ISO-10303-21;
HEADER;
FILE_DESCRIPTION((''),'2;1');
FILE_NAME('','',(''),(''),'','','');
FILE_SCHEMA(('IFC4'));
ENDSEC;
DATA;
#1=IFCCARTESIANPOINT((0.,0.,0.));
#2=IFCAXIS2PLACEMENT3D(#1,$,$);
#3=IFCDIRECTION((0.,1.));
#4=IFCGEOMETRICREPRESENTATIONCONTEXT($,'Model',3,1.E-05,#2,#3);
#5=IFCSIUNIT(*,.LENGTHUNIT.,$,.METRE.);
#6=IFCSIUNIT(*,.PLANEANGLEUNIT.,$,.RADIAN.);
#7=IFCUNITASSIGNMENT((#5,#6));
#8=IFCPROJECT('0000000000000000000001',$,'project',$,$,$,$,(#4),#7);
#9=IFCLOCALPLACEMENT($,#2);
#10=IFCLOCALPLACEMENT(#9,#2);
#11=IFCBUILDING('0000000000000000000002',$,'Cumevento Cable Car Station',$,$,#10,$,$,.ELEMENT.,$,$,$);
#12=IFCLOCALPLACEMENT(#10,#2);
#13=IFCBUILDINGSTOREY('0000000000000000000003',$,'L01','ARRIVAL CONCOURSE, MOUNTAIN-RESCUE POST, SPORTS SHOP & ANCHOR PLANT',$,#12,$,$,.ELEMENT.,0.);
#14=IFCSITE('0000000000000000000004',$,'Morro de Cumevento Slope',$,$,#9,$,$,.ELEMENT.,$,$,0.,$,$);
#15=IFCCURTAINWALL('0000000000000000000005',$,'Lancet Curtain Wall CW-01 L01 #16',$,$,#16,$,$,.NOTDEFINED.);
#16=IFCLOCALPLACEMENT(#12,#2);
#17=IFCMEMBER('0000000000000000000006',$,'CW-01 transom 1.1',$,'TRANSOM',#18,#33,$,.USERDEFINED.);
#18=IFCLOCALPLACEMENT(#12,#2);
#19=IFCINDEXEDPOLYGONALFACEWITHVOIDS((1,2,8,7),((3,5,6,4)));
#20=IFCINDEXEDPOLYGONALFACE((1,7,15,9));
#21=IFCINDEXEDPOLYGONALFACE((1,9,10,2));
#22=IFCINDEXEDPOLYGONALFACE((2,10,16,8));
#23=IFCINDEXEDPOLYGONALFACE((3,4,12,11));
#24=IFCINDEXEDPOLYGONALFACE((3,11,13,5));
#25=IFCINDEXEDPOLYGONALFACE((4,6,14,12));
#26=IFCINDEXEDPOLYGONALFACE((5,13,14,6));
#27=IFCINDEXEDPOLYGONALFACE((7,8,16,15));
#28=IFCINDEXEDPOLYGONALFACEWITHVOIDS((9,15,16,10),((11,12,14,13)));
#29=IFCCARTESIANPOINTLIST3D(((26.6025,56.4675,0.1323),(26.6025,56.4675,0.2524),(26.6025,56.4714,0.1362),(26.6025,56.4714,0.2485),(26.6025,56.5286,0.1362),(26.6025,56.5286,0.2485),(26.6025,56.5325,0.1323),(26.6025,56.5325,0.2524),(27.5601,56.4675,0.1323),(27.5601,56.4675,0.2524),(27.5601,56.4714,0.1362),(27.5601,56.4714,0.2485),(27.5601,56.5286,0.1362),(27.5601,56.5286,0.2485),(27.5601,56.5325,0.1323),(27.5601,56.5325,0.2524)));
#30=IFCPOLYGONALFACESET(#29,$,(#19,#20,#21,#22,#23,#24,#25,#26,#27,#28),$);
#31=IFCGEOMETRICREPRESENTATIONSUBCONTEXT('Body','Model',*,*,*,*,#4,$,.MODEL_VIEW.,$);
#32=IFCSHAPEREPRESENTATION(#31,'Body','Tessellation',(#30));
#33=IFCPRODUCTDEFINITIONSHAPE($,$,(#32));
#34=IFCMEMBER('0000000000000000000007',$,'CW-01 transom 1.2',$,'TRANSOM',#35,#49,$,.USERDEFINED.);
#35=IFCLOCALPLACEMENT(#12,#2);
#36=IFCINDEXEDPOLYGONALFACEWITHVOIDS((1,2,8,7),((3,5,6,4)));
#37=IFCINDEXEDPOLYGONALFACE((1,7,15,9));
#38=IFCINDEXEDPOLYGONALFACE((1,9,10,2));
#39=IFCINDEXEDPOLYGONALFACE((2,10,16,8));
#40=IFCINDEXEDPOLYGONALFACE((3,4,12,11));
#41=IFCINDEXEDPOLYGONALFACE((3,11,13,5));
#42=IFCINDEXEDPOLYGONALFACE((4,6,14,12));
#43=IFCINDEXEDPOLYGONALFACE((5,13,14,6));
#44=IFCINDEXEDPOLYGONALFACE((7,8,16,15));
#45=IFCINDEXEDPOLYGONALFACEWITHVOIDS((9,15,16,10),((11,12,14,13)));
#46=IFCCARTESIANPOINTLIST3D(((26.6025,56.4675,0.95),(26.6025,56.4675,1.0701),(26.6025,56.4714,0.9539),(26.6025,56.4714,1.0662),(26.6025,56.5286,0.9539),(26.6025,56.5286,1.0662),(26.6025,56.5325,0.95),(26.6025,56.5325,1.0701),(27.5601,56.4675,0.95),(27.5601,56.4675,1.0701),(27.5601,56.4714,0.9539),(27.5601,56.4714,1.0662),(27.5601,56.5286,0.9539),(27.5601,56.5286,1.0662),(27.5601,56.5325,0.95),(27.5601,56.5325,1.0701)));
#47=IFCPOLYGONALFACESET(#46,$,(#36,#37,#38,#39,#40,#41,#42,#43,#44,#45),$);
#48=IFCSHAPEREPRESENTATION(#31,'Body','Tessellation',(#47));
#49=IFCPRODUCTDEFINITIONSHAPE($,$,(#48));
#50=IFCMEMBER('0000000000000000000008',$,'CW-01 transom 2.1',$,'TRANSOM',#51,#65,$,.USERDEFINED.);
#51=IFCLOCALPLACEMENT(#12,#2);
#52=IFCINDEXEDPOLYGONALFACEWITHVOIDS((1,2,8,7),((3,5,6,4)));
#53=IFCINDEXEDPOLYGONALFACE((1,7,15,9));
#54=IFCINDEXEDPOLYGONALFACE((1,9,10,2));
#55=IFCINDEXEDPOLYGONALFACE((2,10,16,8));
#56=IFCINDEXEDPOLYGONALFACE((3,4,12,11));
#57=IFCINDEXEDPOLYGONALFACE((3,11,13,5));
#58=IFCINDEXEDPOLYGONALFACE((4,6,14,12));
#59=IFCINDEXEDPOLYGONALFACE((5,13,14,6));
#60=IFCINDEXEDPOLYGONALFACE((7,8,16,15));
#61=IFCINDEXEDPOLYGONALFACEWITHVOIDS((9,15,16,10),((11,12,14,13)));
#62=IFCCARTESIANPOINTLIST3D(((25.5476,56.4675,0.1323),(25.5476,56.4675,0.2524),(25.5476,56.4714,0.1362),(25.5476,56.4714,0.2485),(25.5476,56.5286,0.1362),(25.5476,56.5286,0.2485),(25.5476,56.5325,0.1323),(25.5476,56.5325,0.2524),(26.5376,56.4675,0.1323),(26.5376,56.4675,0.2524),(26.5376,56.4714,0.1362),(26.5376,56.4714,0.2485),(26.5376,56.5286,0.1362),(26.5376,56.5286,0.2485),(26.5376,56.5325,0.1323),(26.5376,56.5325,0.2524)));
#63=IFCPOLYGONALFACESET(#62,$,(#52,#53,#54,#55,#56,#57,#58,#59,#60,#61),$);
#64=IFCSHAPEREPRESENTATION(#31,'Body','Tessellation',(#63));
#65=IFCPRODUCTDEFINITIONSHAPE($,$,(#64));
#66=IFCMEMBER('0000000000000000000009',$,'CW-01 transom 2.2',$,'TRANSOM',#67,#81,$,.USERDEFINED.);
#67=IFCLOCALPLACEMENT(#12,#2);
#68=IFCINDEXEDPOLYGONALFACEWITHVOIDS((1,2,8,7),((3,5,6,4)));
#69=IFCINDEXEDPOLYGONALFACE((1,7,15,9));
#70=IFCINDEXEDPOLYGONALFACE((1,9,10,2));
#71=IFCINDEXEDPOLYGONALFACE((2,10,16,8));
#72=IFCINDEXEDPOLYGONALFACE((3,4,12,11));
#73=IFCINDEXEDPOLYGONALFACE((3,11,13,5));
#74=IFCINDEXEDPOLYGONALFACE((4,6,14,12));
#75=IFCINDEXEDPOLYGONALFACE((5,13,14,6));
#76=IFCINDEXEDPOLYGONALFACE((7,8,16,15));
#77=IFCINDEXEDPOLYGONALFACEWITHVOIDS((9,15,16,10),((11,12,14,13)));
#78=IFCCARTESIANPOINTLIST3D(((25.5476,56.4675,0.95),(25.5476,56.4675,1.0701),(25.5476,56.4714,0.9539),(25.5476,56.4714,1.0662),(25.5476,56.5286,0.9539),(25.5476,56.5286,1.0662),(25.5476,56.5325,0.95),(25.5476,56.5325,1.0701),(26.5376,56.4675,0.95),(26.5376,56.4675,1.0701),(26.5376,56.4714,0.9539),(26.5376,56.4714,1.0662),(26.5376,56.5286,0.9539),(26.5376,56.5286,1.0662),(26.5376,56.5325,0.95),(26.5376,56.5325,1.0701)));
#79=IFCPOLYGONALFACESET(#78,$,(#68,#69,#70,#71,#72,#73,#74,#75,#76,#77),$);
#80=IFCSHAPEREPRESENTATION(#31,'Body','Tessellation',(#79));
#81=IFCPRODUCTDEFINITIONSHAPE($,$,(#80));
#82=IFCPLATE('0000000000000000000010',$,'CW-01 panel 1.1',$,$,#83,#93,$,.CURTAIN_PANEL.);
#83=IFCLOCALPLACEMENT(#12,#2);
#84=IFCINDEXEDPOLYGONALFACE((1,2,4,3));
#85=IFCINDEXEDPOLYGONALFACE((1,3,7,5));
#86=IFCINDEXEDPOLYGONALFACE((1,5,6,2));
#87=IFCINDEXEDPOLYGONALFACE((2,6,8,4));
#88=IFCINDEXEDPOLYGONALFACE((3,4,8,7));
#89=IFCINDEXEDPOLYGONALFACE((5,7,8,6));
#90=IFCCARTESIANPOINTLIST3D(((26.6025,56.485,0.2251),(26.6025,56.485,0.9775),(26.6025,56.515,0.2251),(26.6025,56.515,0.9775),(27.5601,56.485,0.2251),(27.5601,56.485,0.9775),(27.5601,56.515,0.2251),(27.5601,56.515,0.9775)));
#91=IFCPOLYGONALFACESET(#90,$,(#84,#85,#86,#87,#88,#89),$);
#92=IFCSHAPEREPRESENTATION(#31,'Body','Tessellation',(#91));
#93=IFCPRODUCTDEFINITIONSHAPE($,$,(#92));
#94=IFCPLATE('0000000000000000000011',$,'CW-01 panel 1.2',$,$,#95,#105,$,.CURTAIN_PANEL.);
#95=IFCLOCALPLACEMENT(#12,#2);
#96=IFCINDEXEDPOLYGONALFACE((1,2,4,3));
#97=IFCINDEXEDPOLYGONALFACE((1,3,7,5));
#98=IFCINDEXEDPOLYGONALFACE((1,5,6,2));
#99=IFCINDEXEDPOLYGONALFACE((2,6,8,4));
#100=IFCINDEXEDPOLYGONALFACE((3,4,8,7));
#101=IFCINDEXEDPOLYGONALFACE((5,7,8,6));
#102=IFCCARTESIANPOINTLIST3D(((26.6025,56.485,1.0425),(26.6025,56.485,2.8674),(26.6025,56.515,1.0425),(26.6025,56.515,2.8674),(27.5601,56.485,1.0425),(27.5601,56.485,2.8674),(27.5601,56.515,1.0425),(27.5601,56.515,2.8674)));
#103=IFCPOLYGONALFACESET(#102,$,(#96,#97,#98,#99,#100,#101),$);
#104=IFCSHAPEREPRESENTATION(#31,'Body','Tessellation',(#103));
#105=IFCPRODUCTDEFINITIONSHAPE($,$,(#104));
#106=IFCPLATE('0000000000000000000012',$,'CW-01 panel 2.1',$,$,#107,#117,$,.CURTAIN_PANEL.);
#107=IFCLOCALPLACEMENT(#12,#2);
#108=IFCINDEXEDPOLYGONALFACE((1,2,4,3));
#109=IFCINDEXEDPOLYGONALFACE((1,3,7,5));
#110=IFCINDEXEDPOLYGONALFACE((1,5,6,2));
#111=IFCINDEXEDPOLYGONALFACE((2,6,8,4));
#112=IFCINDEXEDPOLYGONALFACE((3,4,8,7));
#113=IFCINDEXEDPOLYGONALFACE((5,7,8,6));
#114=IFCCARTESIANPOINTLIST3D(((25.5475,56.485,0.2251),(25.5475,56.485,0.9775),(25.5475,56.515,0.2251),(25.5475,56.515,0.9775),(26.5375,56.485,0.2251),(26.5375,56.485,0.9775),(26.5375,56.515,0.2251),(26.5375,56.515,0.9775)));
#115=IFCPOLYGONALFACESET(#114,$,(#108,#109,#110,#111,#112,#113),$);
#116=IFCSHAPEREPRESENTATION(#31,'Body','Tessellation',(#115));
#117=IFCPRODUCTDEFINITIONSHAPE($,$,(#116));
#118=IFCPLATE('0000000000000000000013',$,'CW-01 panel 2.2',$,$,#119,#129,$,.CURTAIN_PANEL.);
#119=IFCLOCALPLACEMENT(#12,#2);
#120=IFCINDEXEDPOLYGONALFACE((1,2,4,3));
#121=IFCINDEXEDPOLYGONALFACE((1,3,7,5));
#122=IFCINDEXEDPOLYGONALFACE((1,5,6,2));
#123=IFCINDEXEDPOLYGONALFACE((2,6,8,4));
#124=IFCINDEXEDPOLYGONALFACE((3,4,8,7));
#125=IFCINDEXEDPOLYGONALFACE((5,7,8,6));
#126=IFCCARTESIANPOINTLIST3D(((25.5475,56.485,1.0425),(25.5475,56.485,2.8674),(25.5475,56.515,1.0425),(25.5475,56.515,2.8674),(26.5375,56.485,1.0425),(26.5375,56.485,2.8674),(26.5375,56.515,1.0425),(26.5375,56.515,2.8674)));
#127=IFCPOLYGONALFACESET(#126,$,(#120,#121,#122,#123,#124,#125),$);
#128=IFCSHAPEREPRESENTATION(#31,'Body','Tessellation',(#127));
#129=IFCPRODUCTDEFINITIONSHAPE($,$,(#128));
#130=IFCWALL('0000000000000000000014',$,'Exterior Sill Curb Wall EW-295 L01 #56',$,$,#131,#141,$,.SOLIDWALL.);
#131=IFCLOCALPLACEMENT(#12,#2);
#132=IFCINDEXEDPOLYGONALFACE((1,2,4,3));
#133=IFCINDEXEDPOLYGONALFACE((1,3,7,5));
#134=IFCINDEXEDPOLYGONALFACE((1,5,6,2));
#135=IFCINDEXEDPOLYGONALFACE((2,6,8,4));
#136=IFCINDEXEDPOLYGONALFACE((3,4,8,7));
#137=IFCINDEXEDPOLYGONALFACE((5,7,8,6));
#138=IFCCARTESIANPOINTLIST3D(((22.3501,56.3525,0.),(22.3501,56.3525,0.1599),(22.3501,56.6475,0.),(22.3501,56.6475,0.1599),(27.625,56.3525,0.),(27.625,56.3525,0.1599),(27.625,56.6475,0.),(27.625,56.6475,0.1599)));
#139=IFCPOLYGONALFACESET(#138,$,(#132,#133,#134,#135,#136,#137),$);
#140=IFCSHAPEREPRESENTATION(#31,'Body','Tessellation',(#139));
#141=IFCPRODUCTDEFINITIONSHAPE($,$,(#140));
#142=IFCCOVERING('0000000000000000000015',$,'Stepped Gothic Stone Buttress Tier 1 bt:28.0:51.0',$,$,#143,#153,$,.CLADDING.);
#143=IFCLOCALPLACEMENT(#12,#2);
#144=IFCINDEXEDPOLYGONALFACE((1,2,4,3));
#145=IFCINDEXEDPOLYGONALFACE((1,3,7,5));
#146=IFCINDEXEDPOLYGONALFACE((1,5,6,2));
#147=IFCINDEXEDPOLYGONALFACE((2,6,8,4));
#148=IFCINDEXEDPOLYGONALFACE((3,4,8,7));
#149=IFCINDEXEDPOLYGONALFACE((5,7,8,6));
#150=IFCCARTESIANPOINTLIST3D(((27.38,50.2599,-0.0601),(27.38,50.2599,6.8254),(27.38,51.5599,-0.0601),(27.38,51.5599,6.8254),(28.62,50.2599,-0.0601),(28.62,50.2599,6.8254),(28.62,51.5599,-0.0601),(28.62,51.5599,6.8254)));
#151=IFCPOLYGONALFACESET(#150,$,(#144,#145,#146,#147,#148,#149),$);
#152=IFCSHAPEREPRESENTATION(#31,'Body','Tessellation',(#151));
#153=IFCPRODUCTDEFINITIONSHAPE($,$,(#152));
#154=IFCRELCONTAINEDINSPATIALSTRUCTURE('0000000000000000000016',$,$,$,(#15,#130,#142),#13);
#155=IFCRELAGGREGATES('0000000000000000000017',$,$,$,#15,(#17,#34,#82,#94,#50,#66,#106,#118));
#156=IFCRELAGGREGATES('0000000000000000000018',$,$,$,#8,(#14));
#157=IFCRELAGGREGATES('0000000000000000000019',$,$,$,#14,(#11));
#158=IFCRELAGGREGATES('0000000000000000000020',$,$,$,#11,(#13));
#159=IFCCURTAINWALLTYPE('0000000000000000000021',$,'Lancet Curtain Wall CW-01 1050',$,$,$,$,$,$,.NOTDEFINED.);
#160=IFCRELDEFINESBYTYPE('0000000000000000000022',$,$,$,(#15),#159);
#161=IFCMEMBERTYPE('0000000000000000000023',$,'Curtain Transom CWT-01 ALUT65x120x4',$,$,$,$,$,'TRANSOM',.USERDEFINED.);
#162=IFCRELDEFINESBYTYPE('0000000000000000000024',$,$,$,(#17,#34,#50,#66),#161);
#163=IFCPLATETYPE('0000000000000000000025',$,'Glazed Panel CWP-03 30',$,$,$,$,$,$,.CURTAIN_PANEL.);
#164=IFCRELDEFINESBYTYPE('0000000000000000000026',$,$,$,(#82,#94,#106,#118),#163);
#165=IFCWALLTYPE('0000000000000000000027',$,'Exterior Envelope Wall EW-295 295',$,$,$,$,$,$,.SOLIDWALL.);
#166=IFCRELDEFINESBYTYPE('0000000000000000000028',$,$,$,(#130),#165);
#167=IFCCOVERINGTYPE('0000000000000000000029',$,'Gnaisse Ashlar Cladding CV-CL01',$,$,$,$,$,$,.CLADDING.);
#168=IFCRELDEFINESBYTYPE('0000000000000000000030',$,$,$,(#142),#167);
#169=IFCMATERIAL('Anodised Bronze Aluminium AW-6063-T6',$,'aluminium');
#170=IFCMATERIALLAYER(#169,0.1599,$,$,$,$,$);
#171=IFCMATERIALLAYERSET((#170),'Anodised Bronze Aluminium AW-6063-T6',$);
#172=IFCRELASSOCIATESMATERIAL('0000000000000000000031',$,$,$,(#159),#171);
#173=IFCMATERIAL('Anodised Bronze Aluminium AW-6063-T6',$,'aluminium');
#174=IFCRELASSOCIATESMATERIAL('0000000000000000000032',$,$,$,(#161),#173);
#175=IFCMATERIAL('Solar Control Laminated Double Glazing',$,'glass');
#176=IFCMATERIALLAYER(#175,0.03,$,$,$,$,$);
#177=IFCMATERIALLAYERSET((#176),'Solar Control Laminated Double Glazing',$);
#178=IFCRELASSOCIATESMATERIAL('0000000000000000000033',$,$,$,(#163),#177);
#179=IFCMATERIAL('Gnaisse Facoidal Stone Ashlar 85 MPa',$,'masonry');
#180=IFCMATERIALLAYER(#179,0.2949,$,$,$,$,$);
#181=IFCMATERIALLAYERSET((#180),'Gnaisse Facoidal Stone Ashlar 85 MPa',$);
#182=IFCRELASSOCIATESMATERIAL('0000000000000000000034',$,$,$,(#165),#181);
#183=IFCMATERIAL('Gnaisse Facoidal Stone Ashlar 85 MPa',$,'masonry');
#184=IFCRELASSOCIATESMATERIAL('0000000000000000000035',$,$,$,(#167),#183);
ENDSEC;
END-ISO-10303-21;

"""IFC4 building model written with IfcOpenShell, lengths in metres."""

from ifc_helpers import new_model, si_unit, direction, frame, frame_2d, origin, origin_2d, place, context, subcontext, project, spatial, rectangle, hollow_rectangle, extrude, material, layer, layer_set, material_profile, profile_set, type_object, element, aggregate, save


model = new_model("IFC4")

# Units and contexts
model_context = context("Model", 3, precision=1e-05, world=origin(), true_north=direction((0.0, 1.0)))
body_context = subcontext(model_context, "Body", "Model", "MODEL_VIEW")
ifc_project = project(units=[si_unit("LENGTHUNIT", "METRE"), si_unit("PLANEANGLEUNIT", "RADIAN")], contexts=[model_context])

# Site, building, storey
site_placement = place(None, origin())
site = spatial("IfcSite", under=ifc_project, at=site_placement, Name="Morro de Cumevento Slope", CompositionType="ELEMENT", RefElevation=0.0)
building_placement = place(site_placement, origin())
building = spatial("IfcBuilding", under=site, at=building_placement, Name="Cumevento Cable Car Station", CompositionType="ELEMENT")
storey_placement = place(building_placement, origin())
storey = spatial("IfcBuildingStorey", under=building, at=storey_placement, Name="L01", Description="ARRIVAL CONCOURSE, MOUNTAIN-RESCUE POST, SPORTS SHOP & ANCHOR PLANT", CompositionType="ELEMENT", Elevation=0.0)

# Curtain wall, members, plates
ifc_material_1 = material(Name="Anodised Bronze Aluminium AW-6063-T6", Category="aluminium")
ifc_layer_1 = layer(ifc_material_1, 0.1599)
ifc_layer_set_1 = layer_set([ifc_layer_1], Name="Anodised Bronze Aluminium AW-6063-T6")
curtain_wall_type = type_object("IfcCurtainWallType", Name="Lancet Curtain Wall CW-01 1050", PredefinedType="NOTDEFINED", material=ifc_layer_set_1)
curtain_wall_placement = place(storey_placement, origin())
curtain_wall = element("IfcCurtainWall", 1, at=curtain_wall_placement, inside=storey, type_object=curtain_wall_type, Name="Lancet Curtain Wall CW-01 L01 #16", PredefinedType="NOTDEFINED")
ifc_material_2 = material(Name="Anodised Bronze Aluminium AW-6063-T6", Category="aluminium")
ifc_material_profile_1 = material_profile(ifc_material_2, hollow_rectangle(XDim=0.0649, YDim=0.1201, WallThickness=0.0039, at=origin_2d()), Name="ALUT65x120x4")
ifc_profile_set_1 = profile_set([ifc_material_profile_1], Name="Anodised Bronze Aluminium AW-6063-T6")
member_type_1 = type_object("IfcMemberType", Name="Curtain Transom CWT-01 ALUT65x120x4", ElementType="TRANSOM", PredefinedType="USERDEFINED", material=ifc_profile_set_1)
member_1_placement = place(storey_placement, frame((27.5601, 56.5, 0.1924), z_axis=(-1.0, 0.0, 0.0), x_axis=(0.0, -1.0, 0.0)))
member_1 = element("IfcMember", 2, at=member_1_placement, type_object=member_type_1, Name="CW-01 transom 1.1", ObjectType="TRANSOM", PredefinedType="USERDEFINED", context=body_context, shape_type="SweptSolid", body=[
    extrude(hollow_rectangle(XDim=0.0649, YDim=0.1201, WallThickness=0.0039, at=origin_2d()), origin(), (0.0, 0.0, 1.0), 0.9575),
])
member_2_placement = place(storey_placement, frame((27.5601, 56.5, 1.01), z_axis=(-1.0, 0.0, 0.0), x_axis=(0.0, -1.0, 0.0)))
member_2 = element("IfcMember", 3, at=member_2_placement, type_object=member_type_1, Name="CW-01 transom 1.2", ObjectType="TRANSOM", PredefinedType="USERDEFINED", context=body_context, shape_type="SweptSolid", body=[
    extrude(hollow_rectangle(XDim=0.0649, YDim=0.1201, WallThickness=0.0039, at=origin_2d()), origin(), (0.0, 0.0, 1.0), 0.9575),
])
member_3_placement = place(storey_placement, frame((26.5376, 56.5, 0.1924), z_axis=(-1.0, 0.0, 0.0), x_axis=(0.0, -1.0, 0.0)))
member_3 = element("IfcMember", 4, at=member_3_placement, type_object=member_type_1, Name="CW-01 transom 2.1", ObjectType="TRANSOM", PredefinedType="USERDEFINED", context=body_context, shape_type="SweptSolid", body=[
    extrude(hollow_rectangle(XDim=0.0649, YDim=0.1201, WallThickness=0.0039, at=origin_2d()), origin(), (0.0, 0.0, 1.0), 0.99),
])
member_4_placement = place(storey_placement, frame((26.5376, 56.5, 1.01), z_axis=(-1.0, 0.0, 0.0), x_axis=(0.0, -1.0, 0.0)))
member_4 = element("IfcMember", 5, at=member_4_placement, type_object=member_type_1, Name="CW-01 transom 2.2", ObjectType="TRANSOM", PredefinedType="USERDEFINED", context=body_context, shape_type="SweptSolid", body=[
    extrude(hollow_rectangle(XDim=0.0649, YDim=0.1201, WallThickness=0.0039, at=origin_2d()), origin(), (0.0, 0.0, 1.0), 0.99),
])
ifc_material_3 = material(Name="Solar Control Laminated Double Glazing", Category="glass")
ifc_layer_2 = layer(ifc_material_3, 0.03)
ifc_layer_set_2 = layer_set([ifc_layer_2], Name="Solar Control Laminated Double Glazing")
plate_type = type_object("IfcPlateType", Name="Glazed Panel CWP-03 30", PredefinedType="CURTAIN_PANEL", material=ifc_layer_set_2)
plate_1_placement = place(storey_placement, frame((27.0813, 56.5, 0.2251), z_axis=(0.0, 0.0, 1.0), x_axis=(-1.0, 0.0, 0.0)))
plate_1 = element("IfcPlate", 6, at=plate_1_placement, type_object=plate_type, Name="CW-01 panel 1.1", PredefinedType="CURTAIN_PANEL", context=body_context, shape_type="SweptSolid", body=[
    extrude(rectangle(XDim=0.9575, YDim=0.03, at=origin_2d()), origin(), (0.0, 0.0, 1.0), 0.7524),
])
plate_2_placement = place(storey_placement, frame((27.0813, 56.5, 1.0425), z_axis=(0.0, 0.0, 1.0), x_axis=(-1.0, 0.0, 0.0)))
plate_2 = element("IfcPlate", 7, at=plate_2_placement, type_object=plate_type, Name="CW-01 panel 1.2", PredefinedType="CURTAIN_PANEL", context=body_context, shape_type="SweptSolid", body=[
    extrude(rectangle(XDim=0.9575, YDim=0.03, at=origin_2d()), origin(), (0.0, 0.0, 1.0), 1.825),
])
plate_3_placement = place(storey_placement, frame((26.0425, 56.5, 0.2251), z_axis=(0.0, 0.0, 1.0), x_axis=(-1.0, 0.0, 0.0)))
plate_3 = element("IfcPlate", 8, at=plate_3_placement, type_object=plate_type, Name="CW-01 panel 2.1", PredefinedType="CURTAIN_PANEL", context=body_context, shape_type="SweptSolid", body=[
    extrude(rectangle(XDim=0.99, YDim=0.03, at=origin_2d()), origin(), (0.0, 0.0, 1.0), 0.7524),
])
plate_4_placement = place(storey_placement, frame((26.0425, 56.5, 1.0425), z_axis=(0.0, 0.0, 1.0), x_axis=(-1.0, 0.0, 0.0)))
plate_4 = element("IfcPlate", 9, at=plate_4_placement, type_object=plate_type, Name="CW-01 panel 2.2", PredefinedType="CURTAIN_PANEL", context=body_context, shape_type="SweptSolid", body=[
    extrude(rectangle(XDim=0.99, YDim=0.03, at=origin_2d()), origin(), (0.0, 0.0, 1.0), 1.825),
])
aggregate(curtain_wall, [member_1, member_2, plate_1, plate_2, member_3, member_4, plate_3, plate_4])

# Wall
ifc_material_4 = material(Name="Gnaisse Facoidal Stone Ashlar 85 MPa", Category="masonry")
ifc_layer_3 = layer(ifc_material_4, 0.2949)
ifc_layer_set_3 = layer_set([ifc_layer_3], Name="Gnaisse Facoidal Stone Ashlar 85 MPa")
wall_type = type_object("IfcWallType", Name="Exterior Envelope Wall EW-295 295", PredefinedType="SOLIDWALL", material=ifc_layer_set_3)
wall_placement = place(storey_placement, frame((27.625, 56.5, 0.0), z_axis=(0.0, 0.0, 1.0), x_axis=(-1.0, 0.0, 0.0)))
element("IfcWall", 10, at=wall_placement, inside=storey, type_object=wall_type, Name="Exterior Sill Curb Wall EW-295 L01 #56", PredefinedType="SOLIDWALL", context=body_context, shape_type="SweptSolid", body=[
    extrude(rectangle(XDim=5.2749, YDim=0.2949, at=frame_2d((2.6375, 0.0))), origin(), (0.0, 0.0, 1.0), 0.1599),
])

# Covering
ifc_material_5 = material(Name="Gnaisse Facoidal Stone Ashlar 85 MPa", Category="masonry")
covering_type = type_object("IfcCoveringType", Name="Gnaisse Ashlar Cladding CV-CL01", PredefinedType="CLADDING", material=ifc_material_5)
covering_1_placement = place(storey_placement, frame((28.0, 50.9099, -0.0601), z_axis=(0.0, 0.0, 1.0), x_axis=(1.0, 0.0, 0.0)))
element("IfcCovering", 11, at=covering_1_placement, inside=storey, type_object=covering_type, Name="Stepped Gothic Stone Buttress Tier 1 bt:28.0:51.0", PredefinedType="CLADDING", context=body_context, shape_type="SweptSolid", body=[
    extrude(rectangle(XDim=1.24, YDim=1.3, at=origin_2d()), origin(), (0.0, 0.0, 1.0), 6.8855),
])

save(model, "model.ifc")
